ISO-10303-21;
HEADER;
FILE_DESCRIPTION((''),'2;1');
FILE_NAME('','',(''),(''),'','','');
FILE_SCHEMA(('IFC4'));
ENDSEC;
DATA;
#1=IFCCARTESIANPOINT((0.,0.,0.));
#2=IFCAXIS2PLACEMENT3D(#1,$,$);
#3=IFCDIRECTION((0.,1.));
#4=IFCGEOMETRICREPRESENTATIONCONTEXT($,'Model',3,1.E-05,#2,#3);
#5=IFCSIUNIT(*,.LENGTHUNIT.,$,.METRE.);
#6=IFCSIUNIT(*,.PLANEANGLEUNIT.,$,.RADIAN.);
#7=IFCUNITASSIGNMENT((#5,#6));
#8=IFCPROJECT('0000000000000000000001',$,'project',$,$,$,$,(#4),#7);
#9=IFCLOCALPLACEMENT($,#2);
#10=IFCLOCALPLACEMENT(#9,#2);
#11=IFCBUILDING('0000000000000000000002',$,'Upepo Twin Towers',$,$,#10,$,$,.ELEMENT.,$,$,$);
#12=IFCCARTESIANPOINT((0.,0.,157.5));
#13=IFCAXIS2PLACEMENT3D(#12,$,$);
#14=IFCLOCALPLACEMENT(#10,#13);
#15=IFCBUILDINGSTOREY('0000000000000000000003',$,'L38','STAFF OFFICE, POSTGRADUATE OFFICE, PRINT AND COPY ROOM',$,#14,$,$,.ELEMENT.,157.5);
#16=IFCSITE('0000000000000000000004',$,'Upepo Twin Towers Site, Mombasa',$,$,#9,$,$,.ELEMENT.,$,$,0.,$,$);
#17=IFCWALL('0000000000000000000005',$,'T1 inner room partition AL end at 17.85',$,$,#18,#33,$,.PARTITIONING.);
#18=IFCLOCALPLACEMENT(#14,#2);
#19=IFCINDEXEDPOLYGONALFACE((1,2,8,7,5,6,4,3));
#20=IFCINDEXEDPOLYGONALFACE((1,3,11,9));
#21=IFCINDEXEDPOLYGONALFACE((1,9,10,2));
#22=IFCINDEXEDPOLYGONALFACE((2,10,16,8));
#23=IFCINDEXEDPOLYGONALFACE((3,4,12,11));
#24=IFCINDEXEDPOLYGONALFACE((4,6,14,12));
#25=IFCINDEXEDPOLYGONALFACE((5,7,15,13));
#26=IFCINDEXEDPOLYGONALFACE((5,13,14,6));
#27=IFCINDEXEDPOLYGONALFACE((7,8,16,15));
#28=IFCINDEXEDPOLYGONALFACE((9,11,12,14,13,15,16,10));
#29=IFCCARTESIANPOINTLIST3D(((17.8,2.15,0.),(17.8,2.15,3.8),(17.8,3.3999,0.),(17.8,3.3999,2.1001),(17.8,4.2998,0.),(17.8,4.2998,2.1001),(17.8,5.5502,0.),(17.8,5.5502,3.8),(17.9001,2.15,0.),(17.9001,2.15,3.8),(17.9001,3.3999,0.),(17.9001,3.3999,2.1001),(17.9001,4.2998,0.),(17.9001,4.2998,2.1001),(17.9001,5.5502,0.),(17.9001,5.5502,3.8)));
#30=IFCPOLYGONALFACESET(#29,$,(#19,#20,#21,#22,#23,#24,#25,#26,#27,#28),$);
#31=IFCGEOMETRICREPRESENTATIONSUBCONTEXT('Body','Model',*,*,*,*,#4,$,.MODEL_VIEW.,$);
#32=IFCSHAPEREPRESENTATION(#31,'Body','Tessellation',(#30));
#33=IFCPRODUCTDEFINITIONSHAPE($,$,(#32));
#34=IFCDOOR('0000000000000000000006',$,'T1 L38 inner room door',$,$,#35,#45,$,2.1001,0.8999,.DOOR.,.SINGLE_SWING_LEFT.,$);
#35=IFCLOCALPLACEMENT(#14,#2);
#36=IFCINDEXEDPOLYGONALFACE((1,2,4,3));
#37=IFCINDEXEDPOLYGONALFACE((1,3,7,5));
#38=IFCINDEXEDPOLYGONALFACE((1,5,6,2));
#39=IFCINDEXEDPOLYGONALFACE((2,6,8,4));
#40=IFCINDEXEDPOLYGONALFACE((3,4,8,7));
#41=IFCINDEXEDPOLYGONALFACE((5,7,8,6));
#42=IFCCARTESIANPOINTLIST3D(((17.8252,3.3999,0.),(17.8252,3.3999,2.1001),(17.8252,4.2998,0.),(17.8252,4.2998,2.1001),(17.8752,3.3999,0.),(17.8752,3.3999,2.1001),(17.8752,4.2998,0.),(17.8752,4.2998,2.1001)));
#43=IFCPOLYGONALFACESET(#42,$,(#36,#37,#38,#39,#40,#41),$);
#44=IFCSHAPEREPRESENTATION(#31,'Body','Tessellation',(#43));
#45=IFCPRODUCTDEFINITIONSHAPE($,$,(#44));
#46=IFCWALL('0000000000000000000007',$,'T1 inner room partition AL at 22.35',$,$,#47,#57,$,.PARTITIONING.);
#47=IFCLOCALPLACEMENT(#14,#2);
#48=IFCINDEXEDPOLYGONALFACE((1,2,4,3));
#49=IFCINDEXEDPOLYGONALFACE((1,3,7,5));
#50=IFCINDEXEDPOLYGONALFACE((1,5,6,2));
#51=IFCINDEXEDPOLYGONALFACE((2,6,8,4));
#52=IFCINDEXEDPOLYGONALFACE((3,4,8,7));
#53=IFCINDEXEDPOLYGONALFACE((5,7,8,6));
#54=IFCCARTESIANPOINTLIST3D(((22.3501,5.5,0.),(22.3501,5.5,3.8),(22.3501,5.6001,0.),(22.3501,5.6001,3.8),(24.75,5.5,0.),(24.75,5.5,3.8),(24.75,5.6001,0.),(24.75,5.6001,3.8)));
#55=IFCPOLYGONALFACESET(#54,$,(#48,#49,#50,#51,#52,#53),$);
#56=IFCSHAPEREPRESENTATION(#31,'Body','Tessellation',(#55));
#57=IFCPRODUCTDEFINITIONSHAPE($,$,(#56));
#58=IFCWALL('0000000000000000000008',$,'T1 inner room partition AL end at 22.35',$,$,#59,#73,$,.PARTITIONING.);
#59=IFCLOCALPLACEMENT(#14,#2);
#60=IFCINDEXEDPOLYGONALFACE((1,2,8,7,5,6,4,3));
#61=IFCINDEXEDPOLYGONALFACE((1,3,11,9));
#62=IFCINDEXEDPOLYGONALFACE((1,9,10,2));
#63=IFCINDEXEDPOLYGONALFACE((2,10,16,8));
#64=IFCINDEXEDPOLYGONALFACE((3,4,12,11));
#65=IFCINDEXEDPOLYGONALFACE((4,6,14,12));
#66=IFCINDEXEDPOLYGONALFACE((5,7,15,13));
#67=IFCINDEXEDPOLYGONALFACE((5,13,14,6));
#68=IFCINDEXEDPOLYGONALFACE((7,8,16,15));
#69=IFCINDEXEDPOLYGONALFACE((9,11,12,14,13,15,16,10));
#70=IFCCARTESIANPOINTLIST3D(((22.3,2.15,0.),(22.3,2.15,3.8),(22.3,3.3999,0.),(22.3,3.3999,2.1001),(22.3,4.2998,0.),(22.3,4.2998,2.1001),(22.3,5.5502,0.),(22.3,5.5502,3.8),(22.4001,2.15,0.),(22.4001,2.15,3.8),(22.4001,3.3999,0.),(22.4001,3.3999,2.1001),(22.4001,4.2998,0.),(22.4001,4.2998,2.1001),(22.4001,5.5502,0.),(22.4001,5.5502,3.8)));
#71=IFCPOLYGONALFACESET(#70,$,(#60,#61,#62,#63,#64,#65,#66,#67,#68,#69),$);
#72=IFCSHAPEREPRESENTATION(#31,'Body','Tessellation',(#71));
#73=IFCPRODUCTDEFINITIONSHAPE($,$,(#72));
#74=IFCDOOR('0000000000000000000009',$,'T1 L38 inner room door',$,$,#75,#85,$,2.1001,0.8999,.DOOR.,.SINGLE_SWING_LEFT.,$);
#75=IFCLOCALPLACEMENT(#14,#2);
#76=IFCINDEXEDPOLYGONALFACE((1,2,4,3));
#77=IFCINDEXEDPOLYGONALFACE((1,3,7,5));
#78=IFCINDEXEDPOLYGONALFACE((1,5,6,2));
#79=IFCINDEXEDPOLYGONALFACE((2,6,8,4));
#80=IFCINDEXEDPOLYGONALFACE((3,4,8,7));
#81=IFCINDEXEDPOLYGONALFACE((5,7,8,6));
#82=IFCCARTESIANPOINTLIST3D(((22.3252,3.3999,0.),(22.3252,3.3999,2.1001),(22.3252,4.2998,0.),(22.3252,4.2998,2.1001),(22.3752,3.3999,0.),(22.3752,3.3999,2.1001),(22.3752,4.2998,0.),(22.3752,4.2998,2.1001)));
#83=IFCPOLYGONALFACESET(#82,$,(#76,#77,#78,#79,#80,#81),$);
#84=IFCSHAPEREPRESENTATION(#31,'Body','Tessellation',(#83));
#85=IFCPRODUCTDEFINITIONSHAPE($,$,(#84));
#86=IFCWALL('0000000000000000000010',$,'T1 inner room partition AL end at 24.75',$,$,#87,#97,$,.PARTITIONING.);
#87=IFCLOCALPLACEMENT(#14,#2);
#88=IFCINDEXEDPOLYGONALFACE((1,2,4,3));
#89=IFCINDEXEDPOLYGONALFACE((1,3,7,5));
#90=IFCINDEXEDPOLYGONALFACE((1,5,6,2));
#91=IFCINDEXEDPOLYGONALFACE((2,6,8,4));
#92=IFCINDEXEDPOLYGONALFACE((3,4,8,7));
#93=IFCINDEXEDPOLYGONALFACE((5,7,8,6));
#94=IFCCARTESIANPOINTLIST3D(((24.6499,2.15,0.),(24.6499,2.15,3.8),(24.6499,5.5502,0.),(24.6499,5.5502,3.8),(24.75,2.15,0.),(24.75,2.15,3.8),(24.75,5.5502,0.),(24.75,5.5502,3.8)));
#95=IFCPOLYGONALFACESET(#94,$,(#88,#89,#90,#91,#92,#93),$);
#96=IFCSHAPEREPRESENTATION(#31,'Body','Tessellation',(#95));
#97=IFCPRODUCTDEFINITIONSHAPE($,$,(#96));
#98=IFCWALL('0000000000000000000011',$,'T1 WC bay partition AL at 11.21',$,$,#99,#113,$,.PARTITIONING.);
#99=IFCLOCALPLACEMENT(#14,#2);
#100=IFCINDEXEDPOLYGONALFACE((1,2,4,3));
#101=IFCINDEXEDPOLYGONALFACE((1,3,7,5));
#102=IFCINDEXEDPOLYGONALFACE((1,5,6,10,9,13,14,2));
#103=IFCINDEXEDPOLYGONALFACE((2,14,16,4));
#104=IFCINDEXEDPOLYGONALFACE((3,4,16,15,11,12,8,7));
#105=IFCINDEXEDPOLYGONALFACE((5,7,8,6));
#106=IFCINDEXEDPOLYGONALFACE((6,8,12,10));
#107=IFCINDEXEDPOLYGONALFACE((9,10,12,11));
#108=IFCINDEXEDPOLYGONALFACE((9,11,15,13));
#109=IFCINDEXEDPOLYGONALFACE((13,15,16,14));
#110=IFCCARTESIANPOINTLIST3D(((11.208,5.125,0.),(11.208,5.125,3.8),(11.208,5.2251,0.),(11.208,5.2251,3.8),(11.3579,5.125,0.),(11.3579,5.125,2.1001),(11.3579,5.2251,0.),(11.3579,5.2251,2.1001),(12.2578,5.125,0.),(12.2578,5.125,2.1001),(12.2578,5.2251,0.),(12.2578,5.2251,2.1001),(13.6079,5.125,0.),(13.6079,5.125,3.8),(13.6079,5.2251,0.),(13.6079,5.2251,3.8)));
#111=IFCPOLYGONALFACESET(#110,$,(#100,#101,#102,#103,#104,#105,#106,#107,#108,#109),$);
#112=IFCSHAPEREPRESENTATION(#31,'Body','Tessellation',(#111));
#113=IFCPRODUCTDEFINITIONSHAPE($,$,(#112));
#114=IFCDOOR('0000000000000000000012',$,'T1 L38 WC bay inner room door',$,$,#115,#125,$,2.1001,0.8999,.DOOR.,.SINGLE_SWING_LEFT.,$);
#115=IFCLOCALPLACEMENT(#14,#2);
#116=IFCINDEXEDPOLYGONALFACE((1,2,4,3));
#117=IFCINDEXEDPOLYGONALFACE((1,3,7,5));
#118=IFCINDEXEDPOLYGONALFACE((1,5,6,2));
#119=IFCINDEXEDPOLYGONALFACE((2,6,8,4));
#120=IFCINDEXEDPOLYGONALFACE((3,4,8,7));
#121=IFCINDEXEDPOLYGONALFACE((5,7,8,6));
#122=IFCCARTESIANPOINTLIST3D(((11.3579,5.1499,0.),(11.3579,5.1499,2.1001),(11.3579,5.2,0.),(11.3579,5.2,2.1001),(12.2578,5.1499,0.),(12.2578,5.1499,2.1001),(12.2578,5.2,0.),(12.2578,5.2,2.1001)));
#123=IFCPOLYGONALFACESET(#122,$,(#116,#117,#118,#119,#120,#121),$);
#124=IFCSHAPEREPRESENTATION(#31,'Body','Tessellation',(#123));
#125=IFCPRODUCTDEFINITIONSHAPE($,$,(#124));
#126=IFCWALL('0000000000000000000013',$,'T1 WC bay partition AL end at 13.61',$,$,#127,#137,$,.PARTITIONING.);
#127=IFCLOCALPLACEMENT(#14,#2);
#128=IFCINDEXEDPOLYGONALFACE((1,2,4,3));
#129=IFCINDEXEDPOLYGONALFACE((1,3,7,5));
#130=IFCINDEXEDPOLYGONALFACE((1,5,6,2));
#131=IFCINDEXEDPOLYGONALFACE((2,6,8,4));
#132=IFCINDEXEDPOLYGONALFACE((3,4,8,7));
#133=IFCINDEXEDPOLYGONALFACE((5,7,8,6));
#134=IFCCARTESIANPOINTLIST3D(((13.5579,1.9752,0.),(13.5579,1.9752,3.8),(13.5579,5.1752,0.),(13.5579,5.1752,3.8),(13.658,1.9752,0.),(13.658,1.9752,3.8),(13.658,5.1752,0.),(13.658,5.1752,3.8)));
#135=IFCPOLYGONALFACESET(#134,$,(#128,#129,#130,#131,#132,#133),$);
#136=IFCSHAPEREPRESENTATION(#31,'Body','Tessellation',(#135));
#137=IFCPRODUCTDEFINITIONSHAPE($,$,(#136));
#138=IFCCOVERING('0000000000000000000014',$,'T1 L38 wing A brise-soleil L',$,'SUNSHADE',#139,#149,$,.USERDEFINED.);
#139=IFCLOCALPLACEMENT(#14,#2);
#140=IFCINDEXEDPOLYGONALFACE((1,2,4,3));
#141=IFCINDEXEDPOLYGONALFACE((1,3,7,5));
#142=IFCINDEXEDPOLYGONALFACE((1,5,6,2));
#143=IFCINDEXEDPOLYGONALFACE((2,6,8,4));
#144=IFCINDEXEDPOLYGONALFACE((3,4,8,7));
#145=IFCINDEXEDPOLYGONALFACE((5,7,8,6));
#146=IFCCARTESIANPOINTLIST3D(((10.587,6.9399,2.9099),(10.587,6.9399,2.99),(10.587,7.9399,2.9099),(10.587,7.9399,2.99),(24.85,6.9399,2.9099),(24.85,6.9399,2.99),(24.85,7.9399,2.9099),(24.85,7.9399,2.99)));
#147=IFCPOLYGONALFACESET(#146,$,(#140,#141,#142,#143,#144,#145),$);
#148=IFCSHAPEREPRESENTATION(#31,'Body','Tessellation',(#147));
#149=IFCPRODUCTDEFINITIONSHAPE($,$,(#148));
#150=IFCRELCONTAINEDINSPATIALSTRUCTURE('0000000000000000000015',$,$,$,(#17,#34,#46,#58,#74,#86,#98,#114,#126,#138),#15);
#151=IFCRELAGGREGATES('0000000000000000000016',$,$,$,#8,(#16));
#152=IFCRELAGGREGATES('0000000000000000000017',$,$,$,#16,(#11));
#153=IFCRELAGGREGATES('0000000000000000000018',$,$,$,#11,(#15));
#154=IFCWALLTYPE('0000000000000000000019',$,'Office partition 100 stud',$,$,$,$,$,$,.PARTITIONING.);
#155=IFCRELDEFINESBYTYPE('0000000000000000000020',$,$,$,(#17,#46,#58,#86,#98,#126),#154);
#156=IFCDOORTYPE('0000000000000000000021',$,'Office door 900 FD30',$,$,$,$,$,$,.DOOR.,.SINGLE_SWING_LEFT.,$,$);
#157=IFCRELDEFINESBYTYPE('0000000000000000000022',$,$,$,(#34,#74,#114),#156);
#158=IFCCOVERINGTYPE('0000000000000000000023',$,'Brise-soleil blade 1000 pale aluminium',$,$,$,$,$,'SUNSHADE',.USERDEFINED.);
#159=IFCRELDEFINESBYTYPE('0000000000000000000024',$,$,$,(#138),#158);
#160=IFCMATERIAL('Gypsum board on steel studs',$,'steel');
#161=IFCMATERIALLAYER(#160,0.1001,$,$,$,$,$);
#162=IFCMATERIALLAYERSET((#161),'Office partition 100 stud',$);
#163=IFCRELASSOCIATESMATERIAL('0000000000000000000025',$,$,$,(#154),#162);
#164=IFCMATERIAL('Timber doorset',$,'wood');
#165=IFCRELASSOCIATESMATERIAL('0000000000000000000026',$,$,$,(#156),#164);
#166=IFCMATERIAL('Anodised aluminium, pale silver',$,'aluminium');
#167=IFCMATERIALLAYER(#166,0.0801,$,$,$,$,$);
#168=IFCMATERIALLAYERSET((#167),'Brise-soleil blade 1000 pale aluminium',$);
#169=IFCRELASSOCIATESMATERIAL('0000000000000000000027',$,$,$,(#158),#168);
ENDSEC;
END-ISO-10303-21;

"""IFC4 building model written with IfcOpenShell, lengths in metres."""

from ifc_helpers import new_model, si_unit, direction, frame, frame_2d, origin, origin_2d, place, context, subcontext, project, spatial, rectangle, extrude, material, layer, layer_set, type_object, element, fill, save


model = new_model("IFC4")

# Units and contexts
model_context = context("Model", 3, precision=1e-05, world=origin(), true_north=direction((0.0, 1.0)))
body_context = subcontext(model_context, "Body", "Model", "MODEL_VIEW")
ifc_project = project(units=[si_unit("LENGTHUNIT", "METRE"), si_unit("PLANEANGLEUNIT", "RADIAN")], contexts=[model_context])

# Site, building, storey
site_placement = place(None, origin())
site = spatial("IfcSite", under=ifc_project, at=site_placement, Name="Upepo Twin Towers Site, Mombasa", CompositionType="ELEMENT", RefElevation=0.0)
building_placement = place(site_placement, origin())
building = spatial("IfcBuilding", under=site, at=building_placement, Name="Upepo Twin Towers", CompositionType="ELEMENT")
storey_placement = place(building_placement, frame((0.0, 0.0, 157.5)))
storey = spatial("IfcBuildingStorey", under=building, at=storey_placement, Name="L38", Description="STAFF OFFICE, POSTGRADUATE OFFICE, PRINT AND COPY ROOM", CompositionType="ELEMENT", Elevation=157.5)

# Shared definitions
ifc_material_1 = material(Name="Gypsum board on steel studs", Category="steel")
ifc_layer_1 = layer(ifc_material_1, 0.1001)
ifc_layer_set_1 = layer_set([ifc_layer_1], Name="Office partition 100 stud")
wall_type_1 = type_object("IfcWallType", Name="Office partition 100 stud", PredefinedType="PARTITIONING", material=ifc_layer_set_1)

# Wall, opening, door
wall_1_placement = place(storey_placement, frame((17.8501, 2.1499, 0.0), z_axis=(0.0, 0.0, 1.0), x_axis=(0.0, 1.0, 0.0)))
wall_1 = element("IfcWall", 1, at=wall_1_placement, inside=storey, type_object=wall_type_1, Name="T1 inner room partition AL end at 17.85", PredefinedType="PARTITIONING", context=body_context, shape_type="SweptSolid", body=[
    extrude(rectangle(XDim=3.4001, YDim=0.1001, at=frame_2d((1.7002, 0.0))), origin(), (0.0, 0.0, 1.0), 3.8),
])
opening_1_placement = place(wall_1_placement, frame((1.25, 0.0, 0.0)))
opening_1 = element("IfcOpeningElement", 2, at=opening_1_placement, cuts=wall_1, PredefinedType="OPENING", context=body_context, shape_type="SweptSolid", body=[
    extrude(rectangle(XDim=0.8999, YDim=2.1001, at=frame_2d((0.45, 1.05))), frame((0.0, 0.0601, 0.0), z_axis=(0.0, -1.0, 0.0), x_axis=(1.0, 0.0, 0.0)), (0.0, 0.0, 1.0), 0.1201),
])
ifc_material_2 = material(Name="Timber doorset", Category="wood")
door_type = type_object("IfcDoorType", Name="Office door 900 FD30", OperationType="SINGLE_SWING_LEFT", PredefinedType="DOOR", material=ifc_material_2)
door_1_placement = place(opening_1_placement, origin())
door_1 = element("IfcDoor", 3, at=door_1_placement, inside=storey, type_object=door_type, Name="T1 L38 inner room door", OperationType="SINGLE_SWING_LEFT", OverallHeight=2.1001, OverallWidth=0.8999, PredefinedType="DOOR", context=body_context, shape_type="SweptSolid", body=[
    extrude(rectangle(XDim=0.8999, YDim=2.1001, at=frame_2d((0.45, 1.05))), frame((0.0, 0.0249, 0.0), z_axis=(0.0, -1.0, 0.0), x_axis=(1.0, 0.0, 0.0)), (0.0, 0.0, 1.0), 0.05),
])
fill(opening_1, door_1)

# Wall
wall_2_placement = place(storey_placement, frame((22.3501, 5.55, 0.0), z_axis=(0.0, 0.0, 1.0), x_axis=(1.0, 0.0, 0.0)))
element("IfcWall", 4, at=wall_2_placement, inside=storey, type_object=wall_type_1, Name="T1 inner room partition AL at 22.35", PredefinedType="PARTITIONING", context=body_context, shape_type="SweptSolid", body=[
    extrude(rectangle(XDim=2.3999, YDim=0.1001, at=frame_2d((1.2, 0.0))), origin(), (0.0, 0.0, 1.0), 3.8),
])

# Wall, opening, door
wall_3_placement = place(storey_placement, frame((22.3501, 2.1499, 0.0), z_axis=(0.0, 0.0, 1.0), x_axis=(0.0, 1.0, 0.0)))
wall_3 = element("IfcWall", 5, at=wall_3_placement, inside=storey, type_object=wall_type_1, Name="T1 inner room partition AL end at 22.35", PredefinedType="PARTITIONING", context=body_context, shape_type="SweptSolid", body=[
    extrude(rectangle(XDim=3.4001, YDim=0.1001, at=frame_2d((1.7002, 0.0))), origin(), (0.0, 0.0, 1.0), 3.8),
])
opening_2_placement = place(wall_3_placement, frame((1.25, 0.0, 0.0)))
opening_2 = element("IfcOpeningElement", 6, at=opening_2_placement, cuts=wall_3, PredefinedType="OPENING", context=body_context, shape_type="SweptSolid", body=[
    extrude(rectangle(XDim=0.8999, YDim=2.1001, at=frame_2d((0.45, 1.05))), frame((0.0, 0.0601, 0.0), z_axis=(0.0, -1.0, 0.0), x_axis=(1.0, 0.0, 0.0)), (0.0, 0.0, 1.0), 0.1201),
])
door_2_placement = place(opening_2_placement, origin())
door_2 = element("IfcDoor", 7, at=door_2_placement, inside=storey, type_object=door_type, Name="T1 L38 inner room door", OperationType="SINGLE_SWING_LEFT", OverallHeight=2.1001, OverallWidth=0.8999, PredefinedType="DOOR", context=body_context, shape_type="SweptSolid", body=[
    extrude(rectangle(XDim=0.8999, YDim=2.1001, at=frame_2d((0.45, 1.05))), frame((0.0, 0.0249, 0.0), z_axis=(0.0, -1.0, 0.0), x_axis=(1.0, 0.0, 0.0)), (0.0, 0.0, 1.0), 0.05),
])
fill(opening_2, door_2)

# Wall
wall_4_placement = place(storey_placement, frame((24.7, 2.1499, 0.0), z_axis=(0.0, 0.0, 1.0), x_axis=(0.0, 1.0, 0.0)))
element("IfcWall", 8, at=wall_4_placement, inside=storey, type_object=wall_type_1, Name="T1 inner room partition AL end at 24.75", PredefinedType="PARTITIONING", context=body_context, shape_type="SweptSolid", body=[
    extrude(rectangle(XDim=3.4001, YDim=0.1001, at=frame_2d((1.7002, 0.0))), origin(), (0.0, 0.0, 1.0), 3.8),
])

# Wall, opening, door
wall_5_placement = place(storey_placement, frame((11.208, 5.175, 0.0), z_axis=(0.0, 0.0, 1.0), x_axis=(1.0, 0.0, 0.0)))
wall_5 = element("IfcWall", 9, at=wall_5_placement, inside=storey, type_object=wall_type_1, Name="T1 WC bay partition AL at 11.21", PredefinedType="PARTITIONING", context=body_context, shape_type="SweptSolid", body=[
    extrude(rectangle(XDim=2.3999, YDim=0.1001, at=frame_2d((1.2, 0.0))), origin(), (0.0, 0.0, 1.0), 3.8),
])
opening_3_placement = place(wall_5_placement, frame((0.1499, 0.0, 0.0)))
opening_3 = element("IfcOpeningElement", 10, at=opening_3_placement, cuts=wall_5, PredefinedType="OPENING", context=body_context, shape_type="SweptSolid", body=[
    extrude(rectangle(XDim=0.8999, YDim=2.1001, at=frame_2d((0.45, 1.05))), frame((0.0, 0.0601, 0.0), z_axis=(0.0, -1.0, 0.0), x_axis=(1.0, 0.0, 0.0)), (0.0, 0.0, 1.0), 0.1201),
])
door_3_placement = place(opening_3_placement, origin())
door_3 = element("IfcDoor", 11, at=door_3_placement, inside=storey, type_object=door_type, Name="T1 L38 WC bay inner room door", OperationType="SINGLE_SWING_LEFT", OverallHeight=2.1001, OverallWidth=0.8999, PredefinedType="DOOR", context=body_context, shape_type="SweptSolid", body=[
    extrude(rectangle(XDim=0.8999, YDim=2.1001, at=frame_2d((0.45, 1.05))), frame((0.0, 0.0249, 0.0), z_axis=(0.0, -1.0, 0.0), x_axis=(1.0, 0.0, 0.0)), (0.0, 0.0, 1.0), 0.05),
])
fill(opening_3, door_3)

# Wall
wall_6_placement = place(storey_placement, frame((13.6079, 1.9751, 0.0), z_axis=(0.0, 0.0, 1.0), x_axis=(0.0, 1.0, 0.0)))
element("IfcWall", 12, at=wall_6_placement, inside=storey, type_object=wall_type_1, Name="T1 WC bay partition AL end at 13.61", PredefinedType="PARTITIONING", context=body_context, shape_type="SweptSolid", body=[
    extrude(rectangle(XDim=3.2, YDim=0.1001, at=frame_2d((1.6001, 0.0))), origin(), (0.0, 0.0, 1.0), 3.8),
])

# Covering
ifc_material_3 = material(Name="Anodised aluminium, pale silver", Category="aluminium")
ifc_layer_2 = layer(ifc_material_3, 0.0801)
ifc_layer_set_2 = layer_set([ifc_layer_2], Name="Brise-soleil blade 1000 pale aluminium")
covering_type = type_object("IfcCoveringType", Name="Brise-soleil blade 1000 pale aluminium", ElementType="SUNSHADE", PredefinedType="USERDEFINED", material=ifc_layer_set_2)
covering_placement = place(storey_placement, frame((17.7185, 7.4399, 2.9099), z_axis=(0.0, 0.0, 1.0), x_axis=(1.0, 0.0, 0.0)))
element("IfcCovering", 13, at=covering_placement, inside=storey, type_object=covering_type, Name="T1 L38 wing A brise-soleil L", ObjectType="SUNSHADE", PredefinedType="USERDEFINED", context=body_context, shape_type="SweptSolid", body=[
    extrude(rectangle(XDim=14.2629, YDim=1.0, at=origin_2d()), origin(), (0.0, 0.0, 1.0), 0.0801),
])

save(model, "model.ifc")
